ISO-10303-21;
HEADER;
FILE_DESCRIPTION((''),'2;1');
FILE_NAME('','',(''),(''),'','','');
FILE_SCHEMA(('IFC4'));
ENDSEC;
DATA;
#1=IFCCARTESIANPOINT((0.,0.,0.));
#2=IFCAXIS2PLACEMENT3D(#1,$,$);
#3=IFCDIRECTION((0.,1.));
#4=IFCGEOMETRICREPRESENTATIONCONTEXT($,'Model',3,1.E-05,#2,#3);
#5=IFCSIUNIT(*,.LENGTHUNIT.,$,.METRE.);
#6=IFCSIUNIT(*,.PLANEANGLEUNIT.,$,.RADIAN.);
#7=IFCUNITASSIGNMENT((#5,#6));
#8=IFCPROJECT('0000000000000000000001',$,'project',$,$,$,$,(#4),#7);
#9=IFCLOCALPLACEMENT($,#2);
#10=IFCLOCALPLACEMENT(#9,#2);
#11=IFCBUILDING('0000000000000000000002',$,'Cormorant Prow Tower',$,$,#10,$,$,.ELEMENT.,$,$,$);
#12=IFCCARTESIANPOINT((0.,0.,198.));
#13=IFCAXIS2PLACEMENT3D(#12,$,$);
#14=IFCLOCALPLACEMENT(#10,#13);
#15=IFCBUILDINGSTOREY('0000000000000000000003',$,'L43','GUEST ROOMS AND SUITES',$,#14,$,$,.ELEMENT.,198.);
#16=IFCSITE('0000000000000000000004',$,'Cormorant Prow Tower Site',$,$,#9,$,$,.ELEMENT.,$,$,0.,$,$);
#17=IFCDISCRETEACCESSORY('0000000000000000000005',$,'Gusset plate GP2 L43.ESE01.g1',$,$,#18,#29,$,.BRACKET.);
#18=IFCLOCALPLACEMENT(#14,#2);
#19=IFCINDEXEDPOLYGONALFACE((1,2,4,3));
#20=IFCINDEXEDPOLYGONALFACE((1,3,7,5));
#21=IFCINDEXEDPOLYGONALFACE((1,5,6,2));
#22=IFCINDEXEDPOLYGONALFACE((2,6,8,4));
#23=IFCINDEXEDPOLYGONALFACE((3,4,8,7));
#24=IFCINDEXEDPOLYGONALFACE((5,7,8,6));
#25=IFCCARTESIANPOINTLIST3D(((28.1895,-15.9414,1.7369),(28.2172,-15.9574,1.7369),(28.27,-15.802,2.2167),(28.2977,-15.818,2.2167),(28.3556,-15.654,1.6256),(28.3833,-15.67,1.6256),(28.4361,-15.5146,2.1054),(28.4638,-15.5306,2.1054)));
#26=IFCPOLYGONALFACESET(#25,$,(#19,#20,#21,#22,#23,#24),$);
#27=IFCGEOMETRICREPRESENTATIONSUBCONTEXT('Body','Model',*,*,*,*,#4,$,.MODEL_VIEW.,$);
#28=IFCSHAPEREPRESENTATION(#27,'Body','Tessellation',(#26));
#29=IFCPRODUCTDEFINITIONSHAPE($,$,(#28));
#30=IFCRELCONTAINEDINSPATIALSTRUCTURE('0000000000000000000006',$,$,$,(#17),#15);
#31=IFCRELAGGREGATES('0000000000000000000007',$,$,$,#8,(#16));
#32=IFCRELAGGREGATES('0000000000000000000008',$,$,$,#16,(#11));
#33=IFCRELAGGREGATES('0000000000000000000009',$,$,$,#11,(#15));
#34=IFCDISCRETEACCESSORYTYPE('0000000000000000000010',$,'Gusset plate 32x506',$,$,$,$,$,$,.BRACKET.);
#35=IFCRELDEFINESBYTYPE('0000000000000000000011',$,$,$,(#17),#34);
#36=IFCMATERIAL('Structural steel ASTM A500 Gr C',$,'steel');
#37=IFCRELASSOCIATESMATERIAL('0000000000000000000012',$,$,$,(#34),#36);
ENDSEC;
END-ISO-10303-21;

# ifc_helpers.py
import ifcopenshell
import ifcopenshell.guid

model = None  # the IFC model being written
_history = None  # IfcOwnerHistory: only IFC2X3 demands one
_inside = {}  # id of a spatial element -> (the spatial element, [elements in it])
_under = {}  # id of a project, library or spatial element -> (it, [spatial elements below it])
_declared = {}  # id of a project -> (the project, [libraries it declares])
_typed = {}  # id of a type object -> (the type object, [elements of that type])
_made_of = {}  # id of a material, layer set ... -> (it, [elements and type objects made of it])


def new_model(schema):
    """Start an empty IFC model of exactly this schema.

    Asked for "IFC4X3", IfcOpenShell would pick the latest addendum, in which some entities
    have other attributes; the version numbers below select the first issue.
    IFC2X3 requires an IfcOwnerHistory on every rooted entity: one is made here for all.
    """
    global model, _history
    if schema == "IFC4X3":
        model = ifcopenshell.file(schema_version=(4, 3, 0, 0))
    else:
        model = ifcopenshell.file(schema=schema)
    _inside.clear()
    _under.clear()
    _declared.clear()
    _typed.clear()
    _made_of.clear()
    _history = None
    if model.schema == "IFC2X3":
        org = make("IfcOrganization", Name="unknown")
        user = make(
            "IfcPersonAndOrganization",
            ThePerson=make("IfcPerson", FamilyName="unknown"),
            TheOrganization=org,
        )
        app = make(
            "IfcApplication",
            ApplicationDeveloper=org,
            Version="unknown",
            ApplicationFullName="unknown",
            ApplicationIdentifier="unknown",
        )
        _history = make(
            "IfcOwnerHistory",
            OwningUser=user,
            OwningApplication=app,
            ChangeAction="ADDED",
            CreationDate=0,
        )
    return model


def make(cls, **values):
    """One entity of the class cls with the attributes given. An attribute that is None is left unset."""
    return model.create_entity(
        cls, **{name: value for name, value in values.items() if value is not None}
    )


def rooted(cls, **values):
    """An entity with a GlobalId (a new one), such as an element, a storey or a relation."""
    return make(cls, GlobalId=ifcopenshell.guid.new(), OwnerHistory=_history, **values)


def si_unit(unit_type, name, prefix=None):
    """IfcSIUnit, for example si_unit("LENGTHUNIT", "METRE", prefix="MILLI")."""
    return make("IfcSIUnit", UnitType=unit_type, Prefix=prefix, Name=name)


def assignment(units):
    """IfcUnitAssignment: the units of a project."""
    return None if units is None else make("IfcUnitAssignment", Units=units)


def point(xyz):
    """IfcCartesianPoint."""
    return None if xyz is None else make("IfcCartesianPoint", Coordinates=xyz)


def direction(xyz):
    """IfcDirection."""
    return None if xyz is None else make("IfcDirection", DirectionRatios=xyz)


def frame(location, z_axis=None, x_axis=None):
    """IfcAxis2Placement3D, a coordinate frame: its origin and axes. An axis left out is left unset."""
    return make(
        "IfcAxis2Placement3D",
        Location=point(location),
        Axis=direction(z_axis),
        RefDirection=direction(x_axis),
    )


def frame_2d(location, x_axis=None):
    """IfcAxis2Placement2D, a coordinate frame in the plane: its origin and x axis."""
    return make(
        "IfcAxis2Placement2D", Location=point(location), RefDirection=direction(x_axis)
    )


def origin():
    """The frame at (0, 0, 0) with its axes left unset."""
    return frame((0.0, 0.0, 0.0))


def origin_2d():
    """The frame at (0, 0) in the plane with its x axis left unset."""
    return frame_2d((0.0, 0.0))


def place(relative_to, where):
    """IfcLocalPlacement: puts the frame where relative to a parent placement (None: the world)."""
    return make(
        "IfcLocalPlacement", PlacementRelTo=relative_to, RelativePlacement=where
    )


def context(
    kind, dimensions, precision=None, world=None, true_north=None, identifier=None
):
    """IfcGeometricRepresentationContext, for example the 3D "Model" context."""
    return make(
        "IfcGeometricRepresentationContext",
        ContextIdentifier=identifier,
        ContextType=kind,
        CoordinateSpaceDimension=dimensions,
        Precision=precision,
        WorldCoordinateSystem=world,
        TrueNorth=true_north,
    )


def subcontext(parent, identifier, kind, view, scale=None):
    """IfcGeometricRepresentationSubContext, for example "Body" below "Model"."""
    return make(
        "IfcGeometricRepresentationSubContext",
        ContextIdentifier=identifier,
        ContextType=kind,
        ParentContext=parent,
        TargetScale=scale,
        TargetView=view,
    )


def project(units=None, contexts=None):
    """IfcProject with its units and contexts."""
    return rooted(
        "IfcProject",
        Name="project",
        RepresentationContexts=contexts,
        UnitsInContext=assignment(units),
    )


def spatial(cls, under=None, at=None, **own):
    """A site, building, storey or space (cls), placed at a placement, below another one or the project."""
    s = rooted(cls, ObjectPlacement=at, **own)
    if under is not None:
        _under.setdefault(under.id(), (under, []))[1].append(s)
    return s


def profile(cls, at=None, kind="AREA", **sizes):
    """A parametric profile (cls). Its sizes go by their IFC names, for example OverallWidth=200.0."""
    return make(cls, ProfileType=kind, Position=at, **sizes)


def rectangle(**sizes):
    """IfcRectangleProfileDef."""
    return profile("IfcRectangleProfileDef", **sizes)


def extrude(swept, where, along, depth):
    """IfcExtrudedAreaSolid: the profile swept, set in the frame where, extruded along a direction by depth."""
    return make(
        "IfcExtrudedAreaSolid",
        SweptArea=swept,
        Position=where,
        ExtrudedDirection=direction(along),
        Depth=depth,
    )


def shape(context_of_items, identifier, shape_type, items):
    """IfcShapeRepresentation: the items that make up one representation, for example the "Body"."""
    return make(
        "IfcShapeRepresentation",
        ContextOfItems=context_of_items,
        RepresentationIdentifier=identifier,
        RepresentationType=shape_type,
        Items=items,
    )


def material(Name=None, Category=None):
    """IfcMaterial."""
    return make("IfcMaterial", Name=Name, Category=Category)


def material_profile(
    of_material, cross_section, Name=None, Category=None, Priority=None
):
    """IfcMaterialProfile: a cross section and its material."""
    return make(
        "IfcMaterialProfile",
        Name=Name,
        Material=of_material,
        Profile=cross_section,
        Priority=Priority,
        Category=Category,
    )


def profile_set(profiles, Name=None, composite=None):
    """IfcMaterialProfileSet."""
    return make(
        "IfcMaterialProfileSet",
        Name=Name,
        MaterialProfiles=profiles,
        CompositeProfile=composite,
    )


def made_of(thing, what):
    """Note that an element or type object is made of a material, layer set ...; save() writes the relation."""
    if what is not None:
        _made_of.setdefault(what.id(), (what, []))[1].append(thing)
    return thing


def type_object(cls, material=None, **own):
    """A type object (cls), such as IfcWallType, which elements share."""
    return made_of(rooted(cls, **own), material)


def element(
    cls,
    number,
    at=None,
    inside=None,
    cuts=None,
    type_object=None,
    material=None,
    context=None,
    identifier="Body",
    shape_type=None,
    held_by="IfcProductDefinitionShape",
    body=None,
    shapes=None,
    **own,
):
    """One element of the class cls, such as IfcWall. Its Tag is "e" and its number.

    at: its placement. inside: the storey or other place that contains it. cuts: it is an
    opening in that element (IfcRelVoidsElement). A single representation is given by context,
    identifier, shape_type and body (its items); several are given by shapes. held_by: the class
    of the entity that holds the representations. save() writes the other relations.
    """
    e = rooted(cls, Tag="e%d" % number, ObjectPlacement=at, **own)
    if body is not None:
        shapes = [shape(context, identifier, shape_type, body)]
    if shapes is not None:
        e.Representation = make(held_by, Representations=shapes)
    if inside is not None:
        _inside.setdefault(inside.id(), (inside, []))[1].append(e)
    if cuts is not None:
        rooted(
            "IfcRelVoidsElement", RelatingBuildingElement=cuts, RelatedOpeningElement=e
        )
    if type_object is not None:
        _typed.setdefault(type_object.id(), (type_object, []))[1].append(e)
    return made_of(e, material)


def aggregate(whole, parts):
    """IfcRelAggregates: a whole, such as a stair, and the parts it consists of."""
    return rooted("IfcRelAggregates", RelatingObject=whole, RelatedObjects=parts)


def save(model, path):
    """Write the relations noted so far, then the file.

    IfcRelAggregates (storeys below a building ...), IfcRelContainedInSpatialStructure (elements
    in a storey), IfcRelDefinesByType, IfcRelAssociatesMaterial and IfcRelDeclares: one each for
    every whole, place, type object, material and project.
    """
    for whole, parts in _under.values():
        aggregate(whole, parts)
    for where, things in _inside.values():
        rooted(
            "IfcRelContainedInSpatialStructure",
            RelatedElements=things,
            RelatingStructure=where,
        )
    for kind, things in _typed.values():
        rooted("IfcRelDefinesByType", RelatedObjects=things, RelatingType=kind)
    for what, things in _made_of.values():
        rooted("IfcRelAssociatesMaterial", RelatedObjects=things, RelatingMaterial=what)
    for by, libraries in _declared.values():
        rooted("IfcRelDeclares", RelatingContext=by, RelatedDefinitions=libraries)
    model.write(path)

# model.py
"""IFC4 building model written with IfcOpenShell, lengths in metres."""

from ifc_helpers import new_model, si_unit, direction, frame, origin, origin_2d, place, context, subcontext, project, spatial, rectangle, extrude, material, material_profile, profile_set, type_object, element, save


model = new_model("IFC4")

# Units and contexts
model_context = context("Model", 3, precision=1e-05, world=origin(), true_north=direction((0.0, 1.0)))
body_context = subcontext(model_context, "Body", "Model", "MODEL_VIEW")
ifc_project = project(units=[si_unit("LENGTHUNIT", "METRE"), si_unit("PLANEANGLEUNIT", "RADIAN")], contexts=[model_context])

# Site, building, storey
site_placement = place(None, origin())
site = spatial("IfcSite", under=ifc_project, at=site_placement, Name="Cormorant Prow Tower Site", CompositionType="ELEMENT", RefElevation=0.0)
building_placement = place(site_placement, origin())
building = spatial("IfcBuilding", under=site, at=building_placement, Name="Cormorant Prow Tower", CompositionType="ELEMENT")
storey_placement = place(building_placement, frame((0.0, 0.0, 198.0)))
storey = spatial("IfcBuildingStorey", under=building, at=storey_placement, Name="L43", Description="GUEST ROOMS AND SUITES", CompositionType="ELEMENT", Elevation=198.0)

# Discrete accessory
ifc_material_1 = material(Name="Structural steel ASTM A500 Gr C", Category="steel")
ifc_material_profile_1 = material_profile(ifc_material_1, rectangle(XDim=0.032, YDim=0.5061, at=origin_2d()), Name="Gusset plate 32x506")
ifc_profile_set_1 = profile_set([ifc_material_profile_1], Name="Structural steel ASTM A500 Gr C")
discrete_accessory_type = type_object("IfcDiscreteAccessoryType", Name="Gusset plate 32x506", PredefinedType="BRACKET", material=ifc_profile_set_1)
discrete_accessory_1_placement = place(storey_placement, frame((28.4097, -15.5923, 1.8655), z_axis=(-0.474278, -0.820919, 0.318045), x_axis=(0.865879, -0.500253, 0.0)))
element("IfcDiscreteAccessory", 1, at=discrete_accessory_1_placement, inside=storey, type_object=discrete_accessory_type, Name="Gusset plate GP2 L43.ESE01.g1", PredefinedType="BRACKET", context=body_context, shape_type="SweptSolid", body=[
    extrude(rectangle(XDim=0.032, YDim=0.5061, at=origin_2d()), origin(), (0.0, 0.0, 1.0), 0.3501),
])

save(model, "model.ifc")
